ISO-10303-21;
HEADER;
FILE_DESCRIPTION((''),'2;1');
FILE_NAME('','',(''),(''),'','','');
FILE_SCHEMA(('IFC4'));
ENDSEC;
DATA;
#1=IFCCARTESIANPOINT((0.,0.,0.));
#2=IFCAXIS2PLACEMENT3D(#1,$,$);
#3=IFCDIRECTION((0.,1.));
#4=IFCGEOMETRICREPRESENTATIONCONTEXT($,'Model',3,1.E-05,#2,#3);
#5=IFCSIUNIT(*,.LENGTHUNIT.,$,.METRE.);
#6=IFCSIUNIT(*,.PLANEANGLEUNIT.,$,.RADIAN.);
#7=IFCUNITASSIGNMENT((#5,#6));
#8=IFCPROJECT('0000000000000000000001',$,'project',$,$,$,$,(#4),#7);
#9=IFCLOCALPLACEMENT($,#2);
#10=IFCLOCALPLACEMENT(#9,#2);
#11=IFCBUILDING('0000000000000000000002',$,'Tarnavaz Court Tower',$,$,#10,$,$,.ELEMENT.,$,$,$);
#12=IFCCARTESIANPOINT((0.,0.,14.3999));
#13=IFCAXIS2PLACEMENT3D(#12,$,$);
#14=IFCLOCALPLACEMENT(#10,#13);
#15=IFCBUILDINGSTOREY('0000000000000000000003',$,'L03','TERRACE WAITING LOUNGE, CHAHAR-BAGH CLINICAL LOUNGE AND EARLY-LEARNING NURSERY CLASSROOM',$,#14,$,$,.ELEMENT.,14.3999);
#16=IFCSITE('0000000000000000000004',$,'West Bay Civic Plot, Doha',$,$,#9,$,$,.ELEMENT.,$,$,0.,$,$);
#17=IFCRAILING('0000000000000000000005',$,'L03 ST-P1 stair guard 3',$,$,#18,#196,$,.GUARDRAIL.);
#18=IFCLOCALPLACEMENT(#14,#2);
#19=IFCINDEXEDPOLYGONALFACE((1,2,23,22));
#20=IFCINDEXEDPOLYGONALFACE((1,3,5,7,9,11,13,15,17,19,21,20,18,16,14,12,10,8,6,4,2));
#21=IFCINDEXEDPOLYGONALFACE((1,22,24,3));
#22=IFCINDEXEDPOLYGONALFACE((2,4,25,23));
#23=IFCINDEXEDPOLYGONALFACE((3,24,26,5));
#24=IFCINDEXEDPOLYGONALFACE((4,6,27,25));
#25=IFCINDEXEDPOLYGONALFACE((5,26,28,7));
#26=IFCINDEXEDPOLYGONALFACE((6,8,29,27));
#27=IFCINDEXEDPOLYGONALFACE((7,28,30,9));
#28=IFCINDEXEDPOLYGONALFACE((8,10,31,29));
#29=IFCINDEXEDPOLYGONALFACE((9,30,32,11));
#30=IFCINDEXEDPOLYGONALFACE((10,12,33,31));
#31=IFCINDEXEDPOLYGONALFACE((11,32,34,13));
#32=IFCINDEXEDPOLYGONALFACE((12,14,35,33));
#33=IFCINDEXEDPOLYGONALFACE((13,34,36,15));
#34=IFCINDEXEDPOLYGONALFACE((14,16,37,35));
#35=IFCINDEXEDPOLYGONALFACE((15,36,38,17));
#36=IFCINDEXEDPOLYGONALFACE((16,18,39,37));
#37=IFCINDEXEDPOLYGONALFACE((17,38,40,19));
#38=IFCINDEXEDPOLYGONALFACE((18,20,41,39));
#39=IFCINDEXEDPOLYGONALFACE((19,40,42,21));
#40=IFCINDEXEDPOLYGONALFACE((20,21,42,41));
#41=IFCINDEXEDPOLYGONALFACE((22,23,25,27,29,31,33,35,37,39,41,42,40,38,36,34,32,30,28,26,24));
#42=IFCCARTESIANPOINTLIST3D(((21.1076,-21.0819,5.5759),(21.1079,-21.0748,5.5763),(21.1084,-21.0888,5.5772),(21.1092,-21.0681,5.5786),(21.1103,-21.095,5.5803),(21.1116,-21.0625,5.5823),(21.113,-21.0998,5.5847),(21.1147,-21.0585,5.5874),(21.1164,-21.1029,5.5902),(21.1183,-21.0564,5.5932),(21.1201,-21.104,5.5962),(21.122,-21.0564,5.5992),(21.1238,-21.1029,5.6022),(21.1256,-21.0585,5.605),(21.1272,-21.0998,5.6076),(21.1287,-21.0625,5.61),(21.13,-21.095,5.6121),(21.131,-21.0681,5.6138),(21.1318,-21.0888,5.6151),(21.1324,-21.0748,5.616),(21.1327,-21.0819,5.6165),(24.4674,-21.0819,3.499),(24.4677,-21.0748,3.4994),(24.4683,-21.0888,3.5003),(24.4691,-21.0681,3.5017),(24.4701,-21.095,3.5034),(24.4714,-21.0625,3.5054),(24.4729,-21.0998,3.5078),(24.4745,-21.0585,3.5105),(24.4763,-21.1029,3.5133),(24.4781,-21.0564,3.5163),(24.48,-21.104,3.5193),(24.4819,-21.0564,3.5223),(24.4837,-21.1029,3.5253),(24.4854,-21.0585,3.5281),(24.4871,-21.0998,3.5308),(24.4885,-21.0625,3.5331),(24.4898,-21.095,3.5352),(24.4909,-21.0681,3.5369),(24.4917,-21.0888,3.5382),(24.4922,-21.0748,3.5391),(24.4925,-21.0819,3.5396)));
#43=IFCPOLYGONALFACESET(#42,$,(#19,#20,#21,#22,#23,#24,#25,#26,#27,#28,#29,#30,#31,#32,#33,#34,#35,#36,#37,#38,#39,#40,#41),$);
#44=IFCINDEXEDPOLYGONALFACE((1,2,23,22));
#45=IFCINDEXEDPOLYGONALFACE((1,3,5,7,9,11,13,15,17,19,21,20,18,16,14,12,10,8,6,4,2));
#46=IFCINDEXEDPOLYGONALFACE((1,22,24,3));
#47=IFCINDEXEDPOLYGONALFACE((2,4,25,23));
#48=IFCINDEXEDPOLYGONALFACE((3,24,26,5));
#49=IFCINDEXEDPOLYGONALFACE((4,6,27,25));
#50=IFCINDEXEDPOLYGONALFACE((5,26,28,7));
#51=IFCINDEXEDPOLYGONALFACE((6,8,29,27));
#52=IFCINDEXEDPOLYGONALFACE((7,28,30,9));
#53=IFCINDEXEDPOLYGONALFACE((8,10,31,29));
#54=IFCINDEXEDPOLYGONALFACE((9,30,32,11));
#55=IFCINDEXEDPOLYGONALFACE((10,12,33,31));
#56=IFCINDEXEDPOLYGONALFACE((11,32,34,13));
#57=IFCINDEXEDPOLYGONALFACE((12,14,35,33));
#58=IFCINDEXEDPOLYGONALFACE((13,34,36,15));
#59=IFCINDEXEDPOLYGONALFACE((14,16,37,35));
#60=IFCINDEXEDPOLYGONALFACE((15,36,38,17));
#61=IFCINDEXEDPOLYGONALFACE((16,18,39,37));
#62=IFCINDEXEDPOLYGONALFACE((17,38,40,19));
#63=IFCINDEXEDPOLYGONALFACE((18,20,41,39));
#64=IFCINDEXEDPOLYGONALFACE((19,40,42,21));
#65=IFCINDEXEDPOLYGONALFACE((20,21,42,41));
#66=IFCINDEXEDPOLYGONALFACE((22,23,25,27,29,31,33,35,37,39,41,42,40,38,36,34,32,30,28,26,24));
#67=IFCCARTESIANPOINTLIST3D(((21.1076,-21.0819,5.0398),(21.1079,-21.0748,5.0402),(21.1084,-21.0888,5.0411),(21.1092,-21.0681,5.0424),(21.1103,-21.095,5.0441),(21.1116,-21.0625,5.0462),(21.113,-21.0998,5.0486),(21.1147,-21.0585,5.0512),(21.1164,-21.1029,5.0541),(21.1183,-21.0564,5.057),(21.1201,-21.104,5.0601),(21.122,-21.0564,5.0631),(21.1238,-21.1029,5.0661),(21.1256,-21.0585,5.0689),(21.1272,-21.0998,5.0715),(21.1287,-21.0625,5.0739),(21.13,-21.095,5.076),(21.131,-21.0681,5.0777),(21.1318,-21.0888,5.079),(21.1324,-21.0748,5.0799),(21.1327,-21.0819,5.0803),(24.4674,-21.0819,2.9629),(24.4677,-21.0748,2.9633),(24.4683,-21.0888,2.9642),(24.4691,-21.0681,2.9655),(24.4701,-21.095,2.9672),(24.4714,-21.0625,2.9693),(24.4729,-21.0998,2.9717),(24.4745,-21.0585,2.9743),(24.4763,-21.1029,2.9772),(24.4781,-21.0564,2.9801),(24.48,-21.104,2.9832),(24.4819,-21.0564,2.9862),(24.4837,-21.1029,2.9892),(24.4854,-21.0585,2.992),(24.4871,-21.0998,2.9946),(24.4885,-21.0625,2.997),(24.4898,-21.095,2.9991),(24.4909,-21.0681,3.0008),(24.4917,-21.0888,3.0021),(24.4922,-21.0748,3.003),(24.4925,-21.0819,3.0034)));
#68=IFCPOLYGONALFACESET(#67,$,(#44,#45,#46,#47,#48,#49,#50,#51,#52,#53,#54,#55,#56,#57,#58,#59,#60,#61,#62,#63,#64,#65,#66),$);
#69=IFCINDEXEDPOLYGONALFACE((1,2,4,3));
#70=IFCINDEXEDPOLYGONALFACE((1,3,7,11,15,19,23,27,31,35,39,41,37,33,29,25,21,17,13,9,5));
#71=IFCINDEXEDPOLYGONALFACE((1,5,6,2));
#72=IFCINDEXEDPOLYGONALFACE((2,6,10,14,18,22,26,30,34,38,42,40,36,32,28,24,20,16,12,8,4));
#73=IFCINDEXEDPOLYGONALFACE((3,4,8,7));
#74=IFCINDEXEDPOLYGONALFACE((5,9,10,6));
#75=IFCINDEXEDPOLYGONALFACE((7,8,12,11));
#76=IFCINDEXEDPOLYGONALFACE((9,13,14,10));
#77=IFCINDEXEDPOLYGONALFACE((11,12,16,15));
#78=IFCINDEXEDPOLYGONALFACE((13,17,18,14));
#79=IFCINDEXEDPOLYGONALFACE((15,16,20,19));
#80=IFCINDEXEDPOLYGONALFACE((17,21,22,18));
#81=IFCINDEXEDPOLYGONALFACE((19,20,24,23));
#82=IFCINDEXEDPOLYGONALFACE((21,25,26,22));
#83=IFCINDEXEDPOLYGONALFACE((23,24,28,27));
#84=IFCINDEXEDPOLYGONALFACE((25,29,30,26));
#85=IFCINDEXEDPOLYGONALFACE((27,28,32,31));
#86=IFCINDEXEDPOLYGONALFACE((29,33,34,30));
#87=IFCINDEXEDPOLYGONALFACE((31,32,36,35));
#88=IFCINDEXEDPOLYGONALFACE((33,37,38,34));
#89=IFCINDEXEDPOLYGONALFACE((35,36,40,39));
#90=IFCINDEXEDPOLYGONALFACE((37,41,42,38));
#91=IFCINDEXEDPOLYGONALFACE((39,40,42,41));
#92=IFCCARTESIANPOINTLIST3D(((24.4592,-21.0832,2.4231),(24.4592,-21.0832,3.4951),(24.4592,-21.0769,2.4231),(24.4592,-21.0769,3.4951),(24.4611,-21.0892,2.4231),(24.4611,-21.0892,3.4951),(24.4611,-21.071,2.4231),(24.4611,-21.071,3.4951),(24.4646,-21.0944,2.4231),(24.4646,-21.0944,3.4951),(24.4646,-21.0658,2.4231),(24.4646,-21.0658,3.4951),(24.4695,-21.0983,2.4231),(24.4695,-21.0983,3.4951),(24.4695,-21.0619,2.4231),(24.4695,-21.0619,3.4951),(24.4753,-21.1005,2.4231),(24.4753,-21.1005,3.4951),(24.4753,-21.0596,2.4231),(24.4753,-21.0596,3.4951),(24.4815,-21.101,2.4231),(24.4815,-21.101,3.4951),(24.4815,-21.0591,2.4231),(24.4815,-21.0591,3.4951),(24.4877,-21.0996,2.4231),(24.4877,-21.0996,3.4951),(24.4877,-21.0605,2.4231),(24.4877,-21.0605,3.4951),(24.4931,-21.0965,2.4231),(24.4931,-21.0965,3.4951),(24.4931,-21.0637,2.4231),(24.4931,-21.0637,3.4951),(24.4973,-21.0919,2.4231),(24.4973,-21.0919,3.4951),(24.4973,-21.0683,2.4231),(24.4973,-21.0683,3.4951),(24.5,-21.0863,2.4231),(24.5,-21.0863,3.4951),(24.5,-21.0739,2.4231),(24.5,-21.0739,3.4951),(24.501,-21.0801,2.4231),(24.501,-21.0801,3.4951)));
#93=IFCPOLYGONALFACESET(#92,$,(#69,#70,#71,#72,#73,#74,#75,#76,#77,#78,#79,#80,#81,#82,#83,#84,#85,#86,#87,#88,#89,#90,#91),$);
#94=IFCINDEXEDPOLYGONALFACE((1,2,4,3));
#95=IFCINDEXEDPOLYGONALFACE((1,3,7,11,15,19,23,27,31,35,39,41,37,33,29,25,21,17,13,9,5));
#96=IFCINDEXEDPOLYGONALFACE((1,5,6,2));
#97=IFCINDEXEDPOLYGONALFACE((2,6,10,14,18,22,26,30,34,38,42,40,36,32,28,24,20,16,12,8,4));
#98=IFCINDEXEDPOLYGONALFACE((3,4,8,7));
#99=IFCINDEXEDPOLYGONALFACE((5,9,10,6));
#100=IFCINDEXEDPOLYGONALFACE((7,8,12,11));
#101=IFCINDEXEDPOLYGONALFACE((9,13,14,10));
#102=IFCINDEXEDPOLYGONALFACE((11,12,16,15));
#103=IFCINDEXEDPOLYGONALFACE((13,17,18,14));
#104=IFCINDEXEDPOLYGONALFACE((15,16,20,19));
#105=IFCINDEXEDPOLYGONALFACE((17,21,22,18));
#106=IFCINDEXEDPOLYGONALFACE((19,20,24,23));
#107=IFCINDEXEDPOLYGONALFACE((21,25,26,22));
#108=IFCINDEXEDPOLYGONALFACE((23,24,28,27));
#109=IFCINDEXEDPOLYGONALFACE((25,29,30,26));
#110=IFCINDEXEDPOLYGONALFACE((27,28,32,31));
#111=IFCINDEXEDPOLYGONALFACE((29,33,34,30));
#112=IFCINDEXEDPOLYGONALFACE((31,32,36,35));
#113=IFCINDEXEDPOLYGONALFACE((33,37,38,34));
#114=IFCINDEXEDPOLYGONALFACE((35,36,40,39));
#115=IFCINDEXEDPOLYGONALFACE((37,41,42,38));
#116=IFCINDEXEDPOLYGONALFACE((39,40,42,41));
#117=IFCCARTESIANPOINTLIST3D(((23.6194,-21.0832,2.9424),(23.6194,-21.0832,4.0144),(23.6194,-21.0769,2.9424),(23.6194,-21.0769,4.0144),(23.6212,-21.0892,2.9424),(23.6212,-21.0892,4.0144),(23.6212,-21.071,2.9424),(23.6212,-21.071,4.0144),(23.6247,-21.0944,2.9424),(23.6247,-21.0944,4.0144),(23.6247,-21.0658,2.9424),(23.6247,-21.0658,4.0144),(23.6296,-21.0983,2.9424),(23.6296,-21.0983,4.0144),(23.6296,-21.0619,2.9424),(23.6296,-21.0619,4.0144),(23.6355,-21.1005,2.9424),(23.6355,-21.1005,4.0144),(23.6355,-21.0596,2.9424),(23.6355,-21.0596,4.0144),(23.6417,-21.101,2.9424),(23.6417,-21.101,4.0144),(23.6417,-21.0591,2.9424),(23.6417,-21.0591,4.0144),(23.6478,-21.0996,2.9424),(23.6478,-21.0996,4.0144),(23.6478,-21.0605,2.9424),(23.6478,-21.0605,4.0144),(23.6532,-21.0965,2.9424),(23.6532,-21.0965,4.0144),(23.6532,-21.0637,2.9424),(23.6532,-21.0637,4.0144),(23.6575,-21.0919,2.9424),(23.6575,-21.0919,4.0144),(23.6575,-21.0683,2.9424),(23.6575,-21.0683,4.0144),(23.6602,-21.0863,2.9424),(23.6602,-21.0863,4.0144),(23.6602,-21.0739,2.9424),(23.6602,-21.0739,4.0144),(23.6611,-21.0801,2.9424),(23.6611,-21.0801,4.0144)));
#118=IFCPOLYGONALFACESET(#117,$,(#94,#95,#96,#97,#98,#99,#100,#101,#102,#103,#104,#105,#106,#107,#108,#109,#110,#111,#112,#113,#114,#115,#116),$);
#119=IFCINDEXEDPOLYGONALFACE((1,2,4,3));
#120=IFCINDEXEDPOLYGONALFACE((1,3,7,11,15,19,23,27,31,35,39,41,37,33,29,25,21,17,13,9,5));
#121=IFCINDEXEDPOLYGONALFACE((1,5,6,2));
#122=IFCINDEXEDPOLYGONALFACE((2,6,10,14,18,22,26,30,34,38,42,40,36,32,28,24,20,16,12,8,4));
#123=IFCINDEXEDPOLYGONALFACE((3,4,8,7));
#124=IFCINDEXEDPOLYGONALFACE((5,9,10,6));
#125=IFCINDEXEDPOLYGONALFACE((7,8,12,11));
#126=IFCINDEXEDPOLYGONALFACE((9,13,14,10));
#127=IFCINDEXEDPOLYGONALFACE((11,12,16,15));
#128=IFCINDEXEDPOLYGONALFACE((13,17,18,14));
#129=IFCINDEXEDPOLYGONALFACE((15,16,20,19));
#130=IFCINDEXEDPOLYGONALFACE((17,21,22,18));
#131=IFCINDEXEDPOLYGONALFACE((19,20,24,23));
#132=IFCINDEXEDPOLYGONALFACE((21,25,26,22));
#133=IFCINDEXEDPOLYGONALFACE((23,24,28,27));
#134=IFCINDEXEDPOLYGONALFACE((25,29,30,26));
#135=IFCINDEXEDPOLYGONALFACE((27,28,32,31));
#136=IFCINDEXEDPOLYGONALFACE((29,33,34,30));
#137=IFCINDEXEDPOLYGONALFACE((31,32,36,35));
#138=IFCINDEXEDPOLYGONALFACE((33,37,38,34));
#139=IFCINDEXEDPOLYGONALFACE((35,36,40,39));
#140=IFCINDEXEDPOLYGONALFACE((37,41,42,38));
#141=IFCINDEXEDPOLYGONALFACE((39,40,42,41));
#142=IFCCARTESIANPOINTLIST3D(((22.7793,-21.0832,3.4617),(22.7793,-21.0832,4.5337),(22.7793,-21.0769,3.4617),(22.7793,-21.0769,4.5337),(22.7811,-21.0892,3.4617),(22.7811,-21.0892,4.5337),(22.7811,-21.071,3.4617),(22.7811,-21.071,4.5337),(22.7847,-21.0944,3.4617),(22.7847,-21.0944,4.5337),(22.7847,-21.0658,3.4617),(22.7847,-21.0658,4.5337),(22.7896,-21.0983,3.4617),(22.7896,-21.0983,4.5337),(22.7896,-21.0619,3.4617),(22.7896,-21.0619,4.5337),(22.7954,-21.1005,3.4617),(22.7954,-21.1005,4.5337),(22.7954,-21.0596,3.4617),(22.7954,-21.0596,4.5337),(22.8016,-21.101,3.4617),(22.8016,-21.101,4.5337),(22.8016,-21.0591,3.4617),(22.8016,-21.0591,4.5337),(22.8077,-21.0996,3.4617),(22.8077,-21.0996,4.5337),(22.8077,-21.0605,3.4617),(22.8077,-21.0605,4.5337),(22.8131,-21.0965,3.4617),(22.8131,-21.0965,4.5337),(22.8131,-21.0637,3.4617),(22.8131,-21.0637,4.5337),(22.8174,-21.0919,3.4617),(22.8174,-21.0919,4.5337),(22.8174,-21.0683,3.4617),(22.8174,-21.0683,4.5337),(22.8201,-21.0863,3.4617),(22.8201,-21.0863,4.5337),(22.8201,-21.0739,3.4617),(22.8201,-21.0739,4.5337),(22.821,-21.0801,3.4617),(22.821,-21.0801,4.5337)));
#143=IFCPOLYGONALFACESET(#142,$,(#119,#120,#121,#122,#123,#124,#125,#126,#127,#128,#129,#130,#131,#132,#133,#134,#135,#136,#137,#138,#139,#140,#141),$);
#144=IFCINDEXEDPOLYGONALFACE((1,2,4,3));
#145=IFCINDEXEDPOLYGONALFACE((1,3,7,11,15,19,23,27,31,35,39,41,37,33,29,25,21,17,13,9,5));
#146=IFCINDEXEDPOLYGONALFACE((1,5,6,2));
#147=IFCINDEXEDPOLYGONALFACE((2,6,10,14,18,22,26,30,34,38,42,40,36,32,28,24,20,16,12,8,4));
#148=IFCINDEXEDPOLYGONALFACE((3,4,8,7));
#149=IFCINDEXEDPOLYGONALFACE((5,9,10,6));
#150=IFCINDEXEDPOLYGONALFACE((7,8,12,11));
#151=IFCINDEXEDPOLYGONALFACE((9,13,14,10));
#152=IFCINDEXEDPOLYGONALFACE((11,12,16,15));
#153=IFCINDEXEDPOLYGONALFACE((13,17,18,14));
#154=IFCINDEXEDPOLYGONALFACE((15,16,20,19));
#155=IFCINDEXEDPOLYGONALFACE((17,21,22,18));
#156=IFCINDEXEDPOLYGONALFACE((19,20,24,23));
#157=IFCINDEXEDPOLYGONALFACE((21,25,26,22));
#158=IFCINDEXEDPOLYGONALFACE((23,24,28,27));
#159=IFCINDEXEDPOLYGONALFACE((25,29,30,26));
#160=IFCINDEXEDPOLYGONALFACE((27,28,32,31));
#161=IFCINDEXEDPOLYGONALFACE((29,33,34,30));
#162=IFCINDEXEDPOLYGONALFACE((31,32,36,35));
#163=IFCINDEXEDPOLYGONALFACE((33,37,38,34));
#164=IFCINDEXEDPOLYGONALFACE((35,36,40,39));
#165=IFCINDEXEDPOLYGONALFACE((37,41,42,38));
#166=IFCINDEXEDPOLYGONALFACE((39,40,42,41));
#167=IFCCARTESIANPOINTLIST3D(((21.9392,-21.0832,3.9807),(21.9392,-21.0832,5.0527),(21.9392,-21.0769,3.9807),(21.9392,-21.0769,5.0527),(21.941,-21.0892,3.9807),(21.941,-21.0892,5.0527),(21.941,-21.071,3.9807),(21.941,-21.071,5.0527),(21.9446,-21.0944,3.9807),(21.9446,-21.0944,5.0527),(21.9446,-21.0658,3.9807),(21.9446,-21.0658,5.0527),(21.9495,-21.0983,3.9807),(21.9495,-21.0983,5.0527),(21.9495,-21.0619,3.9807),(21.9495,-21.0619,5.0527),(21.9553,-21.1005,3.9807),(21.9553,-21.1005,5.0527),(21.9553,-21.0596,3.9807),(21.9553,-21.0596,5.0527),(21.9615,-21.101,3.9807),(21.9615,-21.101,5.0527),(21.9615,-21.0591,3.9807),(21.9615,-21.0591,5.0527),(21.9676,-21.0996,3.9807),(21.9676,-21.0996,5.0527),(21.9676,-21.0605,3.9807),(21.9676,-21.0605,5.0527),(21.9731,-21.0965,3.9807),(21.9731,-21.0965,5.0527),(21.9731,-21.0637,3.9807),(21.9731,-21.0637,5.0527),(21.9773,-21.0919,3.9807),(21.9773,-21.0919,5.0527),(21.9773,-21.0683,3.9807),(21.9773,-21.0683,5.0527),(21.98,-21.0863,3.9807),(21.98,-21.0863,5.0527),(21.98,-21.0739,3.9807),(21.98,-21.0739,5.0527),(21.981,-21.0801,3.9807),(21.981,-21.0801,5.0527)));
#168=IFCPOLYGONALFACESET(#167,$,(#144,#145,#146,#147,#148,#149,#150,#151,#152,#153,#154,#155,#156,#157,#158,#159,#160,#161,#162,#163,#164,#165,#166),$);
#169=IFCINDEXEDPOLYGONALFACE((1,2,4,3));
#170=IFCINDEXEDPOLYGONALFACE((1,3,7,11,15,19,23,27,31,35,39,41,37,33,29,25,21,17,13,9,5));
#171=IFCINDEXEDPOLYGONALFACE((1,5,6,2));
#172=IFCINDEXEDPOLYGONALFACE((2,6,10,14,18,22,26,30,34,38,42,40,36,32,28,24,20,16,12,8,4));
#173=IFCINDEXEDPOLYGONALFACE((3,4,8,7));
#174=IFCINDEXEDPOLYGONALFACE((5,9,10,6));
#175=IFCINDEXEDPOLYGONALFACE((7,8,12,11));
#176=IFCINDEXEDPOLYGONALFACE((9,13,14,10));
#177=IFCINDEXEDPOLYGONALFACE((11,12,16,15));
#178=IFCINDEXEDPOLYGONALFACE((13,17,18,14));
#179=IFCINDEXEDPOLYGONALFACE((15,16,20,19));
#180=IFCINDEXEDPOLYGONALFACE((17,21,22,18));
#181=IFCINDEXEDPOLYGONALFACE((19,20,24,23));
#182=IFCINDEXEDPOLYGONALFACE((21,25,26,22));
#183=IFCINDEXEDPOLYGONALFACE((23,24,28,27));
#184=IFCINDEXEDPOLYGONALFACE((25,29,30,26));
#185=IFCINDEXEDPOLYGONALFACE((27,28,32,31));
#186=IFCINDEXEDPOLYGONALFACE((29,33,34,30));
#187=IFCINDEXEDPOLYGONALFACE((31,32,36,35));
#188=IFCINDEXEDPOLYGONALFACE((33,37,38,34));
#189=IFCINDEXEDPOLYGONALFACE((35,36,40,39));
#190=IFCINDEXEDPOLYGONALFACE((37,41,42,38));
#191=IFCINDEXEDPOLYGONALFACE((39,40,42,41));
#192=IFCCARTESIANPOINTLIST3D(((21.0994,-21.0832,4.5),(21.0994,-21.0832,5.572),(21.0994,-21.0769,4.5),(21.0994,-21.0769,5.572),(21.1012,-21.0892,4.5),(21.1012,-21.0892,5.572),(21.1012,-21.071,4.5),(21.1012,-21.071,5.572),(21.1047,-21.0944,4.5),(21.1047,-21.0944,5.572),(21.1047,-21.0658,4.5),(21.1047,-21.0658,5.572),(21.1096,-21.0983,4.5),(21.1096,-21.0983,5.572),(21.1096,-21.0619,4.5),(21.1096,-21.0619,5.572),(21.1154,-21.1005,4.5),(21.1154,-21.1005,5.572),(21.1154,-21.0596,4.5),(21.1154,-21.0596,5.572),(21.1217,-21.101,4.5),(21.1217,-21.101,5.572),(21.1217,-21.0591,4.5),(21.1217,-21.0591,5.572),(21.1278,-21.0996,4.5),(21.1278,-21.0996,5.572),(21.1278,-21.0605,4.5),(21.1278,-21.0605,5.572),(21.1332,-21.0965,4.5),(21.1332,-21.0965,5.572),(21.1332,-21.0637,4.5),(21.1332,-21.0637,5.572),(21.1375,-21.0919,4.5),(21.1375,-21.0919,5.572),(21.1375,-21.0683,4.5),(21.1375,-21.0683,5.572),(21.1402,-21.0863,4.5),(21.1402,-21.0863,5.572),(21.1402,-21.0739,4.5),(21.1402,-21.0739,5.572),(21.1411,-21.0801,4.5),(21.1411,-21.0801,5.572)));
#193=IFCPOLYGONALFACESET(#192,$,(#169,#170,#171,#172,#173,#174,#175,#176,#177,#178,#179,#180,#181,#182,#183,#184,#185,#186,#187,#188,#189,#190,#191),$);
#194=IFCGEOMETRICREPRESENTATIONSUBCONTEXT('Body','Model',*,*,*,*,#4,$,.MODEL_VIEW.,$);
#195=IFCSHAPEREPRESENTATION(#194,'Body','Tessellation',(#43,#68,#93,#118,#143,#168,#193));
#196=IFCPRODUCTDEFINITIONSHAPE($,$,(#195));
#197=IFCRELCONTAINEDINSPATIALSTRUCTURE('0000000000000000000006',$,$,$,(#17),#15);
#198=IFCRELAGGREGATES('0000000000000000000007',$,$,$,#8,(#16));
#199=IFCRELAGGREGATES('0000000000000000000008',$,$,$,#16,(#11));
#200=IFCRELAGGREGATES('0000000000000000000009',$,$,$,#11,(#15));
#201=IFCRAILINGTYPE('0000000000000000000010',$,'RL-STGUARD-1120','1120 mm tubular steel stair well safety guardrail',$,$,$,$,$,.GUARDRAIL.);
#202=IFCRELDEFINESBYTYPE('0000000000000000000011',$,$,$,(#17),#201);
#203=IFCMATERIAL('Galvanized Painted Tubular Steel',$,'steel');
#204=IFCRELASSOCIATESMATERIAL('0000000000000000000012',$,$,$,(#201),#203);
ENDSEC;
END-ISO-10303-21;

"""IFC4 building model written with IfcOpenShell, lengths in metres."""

from ifc_helpers import new_model, si_unit, direction, frame, origin, origin_2d, place, context, subcontext, project, spatial, circle, extrude, material, type_object, element, save


model = new_model("IFC4")

# Units and contexts
model_context = context("Model", 3, precision=1e-05, world=origin(), true_north=direction((0.0, 1.0)))
body_context = subcontext(model_context, "Body", "Model", "MODEL_VIEW")
ifc_project = project(units=[si_unit("LENGTHUNIT", "METRE"), si_unit("PLANEANGLEUNIT", "RADIAN")], contexts=[model_context])

# Site, building, storey
site_placement = place(None, origin())
site = spatial("IfcSite", under=ifc_project, at=site_placement, Name="West Bay Civic Plot, Doha", CompositionType="ELEMENT", RefElevation=0.0)
building_placement = place(site_placement, origin())
building = spatial("IfcBuilding", under=site, at=building_placement, Name="Tarnavaz Court Tower", CompositionType="ELEMENT")
storey_placement = place(building_placement, frame((0.0, 0.0, 14.3999)))
storey = spatial("IfcBuildingStorey", under=building, at=storey_placement, Name="L03", Description="TERRACE WAITING LOUNGE, CHAHAR-BAGH CLINICAL LOUNGE AND EARLY-LEARNING NURSERY CLASSROOM", CompositionType="ELEMENT", Elevation=14.3999)

# Railing
ifc_material_1 = material(Name="Galvanized Painted Tubular Steel", Category="steel")
railing_type_1 = type_object("IfcRailingType", Name="RL-STGUARD-1120", Description="1120 mm tubular steel stair well safety guardrail", PredefinedType="GUARDRAIL", material=ifc_material_1)
railing_1_placement = place(storey_placement, frame((24.48, -21.0801, 2.4231)))
element("IfcRailing", 1, at=railing_1_placement, inside=storey, type_object=railing_type_1, Name="L03 ST-P1 stair guard 3", PredefinedType="GUARDRAIL", context=body_context, shape_type="SweptSolid", body=[
    extrude(circle(Radius=0.0239, at=origin_2d()), frame((0.0, 0.0, 1.0962), z_axis=(-0.850606, 0.0, 0.525803), x_axis=(0.0, -1.0, 0.0)), (0.0, 0.0, 1.0), 3.95),
    extrude(circle(Radius=0.0239, at=origin_2d()), frame((0.0, 0.0, 0.5601), z_axis=(-0.850606, 0.0, 0.525803), x_axis=(0.0, -1.0, 0.0)), (0.0, 0.0, 1.0), 3.95),
    extrude(circle(Radius=0.021, at=origin_2d()), origin(), (0.0, 0.0, 1.0), 1.072),
    extrude(circle(Radius=0.021, at=origin_2d()), frame((-0.8398, 0.0, 0.5193)), (0.0, 0.0, 1.0), 1.072),
    extrude(circle(Radius=0.021, at=origin_2d()), frame((-1.6799, 0.0, 1.0386)), (0.0, 0.0, 1.0), 1.072),
    extrude(circle(Radius=0.021, at=origin_2d()), frame((-2.52, 0.0, 1.5576)), (0.0, 0.0, 1.0), 1.072),
    extrude(circle(Radius=0.021, at=origin_2d()), frame((-3.3599, 0.0, 2.0769)), (0.0, 0.0, 1.0), 1.072),
])

save(model, "model.ifc")
